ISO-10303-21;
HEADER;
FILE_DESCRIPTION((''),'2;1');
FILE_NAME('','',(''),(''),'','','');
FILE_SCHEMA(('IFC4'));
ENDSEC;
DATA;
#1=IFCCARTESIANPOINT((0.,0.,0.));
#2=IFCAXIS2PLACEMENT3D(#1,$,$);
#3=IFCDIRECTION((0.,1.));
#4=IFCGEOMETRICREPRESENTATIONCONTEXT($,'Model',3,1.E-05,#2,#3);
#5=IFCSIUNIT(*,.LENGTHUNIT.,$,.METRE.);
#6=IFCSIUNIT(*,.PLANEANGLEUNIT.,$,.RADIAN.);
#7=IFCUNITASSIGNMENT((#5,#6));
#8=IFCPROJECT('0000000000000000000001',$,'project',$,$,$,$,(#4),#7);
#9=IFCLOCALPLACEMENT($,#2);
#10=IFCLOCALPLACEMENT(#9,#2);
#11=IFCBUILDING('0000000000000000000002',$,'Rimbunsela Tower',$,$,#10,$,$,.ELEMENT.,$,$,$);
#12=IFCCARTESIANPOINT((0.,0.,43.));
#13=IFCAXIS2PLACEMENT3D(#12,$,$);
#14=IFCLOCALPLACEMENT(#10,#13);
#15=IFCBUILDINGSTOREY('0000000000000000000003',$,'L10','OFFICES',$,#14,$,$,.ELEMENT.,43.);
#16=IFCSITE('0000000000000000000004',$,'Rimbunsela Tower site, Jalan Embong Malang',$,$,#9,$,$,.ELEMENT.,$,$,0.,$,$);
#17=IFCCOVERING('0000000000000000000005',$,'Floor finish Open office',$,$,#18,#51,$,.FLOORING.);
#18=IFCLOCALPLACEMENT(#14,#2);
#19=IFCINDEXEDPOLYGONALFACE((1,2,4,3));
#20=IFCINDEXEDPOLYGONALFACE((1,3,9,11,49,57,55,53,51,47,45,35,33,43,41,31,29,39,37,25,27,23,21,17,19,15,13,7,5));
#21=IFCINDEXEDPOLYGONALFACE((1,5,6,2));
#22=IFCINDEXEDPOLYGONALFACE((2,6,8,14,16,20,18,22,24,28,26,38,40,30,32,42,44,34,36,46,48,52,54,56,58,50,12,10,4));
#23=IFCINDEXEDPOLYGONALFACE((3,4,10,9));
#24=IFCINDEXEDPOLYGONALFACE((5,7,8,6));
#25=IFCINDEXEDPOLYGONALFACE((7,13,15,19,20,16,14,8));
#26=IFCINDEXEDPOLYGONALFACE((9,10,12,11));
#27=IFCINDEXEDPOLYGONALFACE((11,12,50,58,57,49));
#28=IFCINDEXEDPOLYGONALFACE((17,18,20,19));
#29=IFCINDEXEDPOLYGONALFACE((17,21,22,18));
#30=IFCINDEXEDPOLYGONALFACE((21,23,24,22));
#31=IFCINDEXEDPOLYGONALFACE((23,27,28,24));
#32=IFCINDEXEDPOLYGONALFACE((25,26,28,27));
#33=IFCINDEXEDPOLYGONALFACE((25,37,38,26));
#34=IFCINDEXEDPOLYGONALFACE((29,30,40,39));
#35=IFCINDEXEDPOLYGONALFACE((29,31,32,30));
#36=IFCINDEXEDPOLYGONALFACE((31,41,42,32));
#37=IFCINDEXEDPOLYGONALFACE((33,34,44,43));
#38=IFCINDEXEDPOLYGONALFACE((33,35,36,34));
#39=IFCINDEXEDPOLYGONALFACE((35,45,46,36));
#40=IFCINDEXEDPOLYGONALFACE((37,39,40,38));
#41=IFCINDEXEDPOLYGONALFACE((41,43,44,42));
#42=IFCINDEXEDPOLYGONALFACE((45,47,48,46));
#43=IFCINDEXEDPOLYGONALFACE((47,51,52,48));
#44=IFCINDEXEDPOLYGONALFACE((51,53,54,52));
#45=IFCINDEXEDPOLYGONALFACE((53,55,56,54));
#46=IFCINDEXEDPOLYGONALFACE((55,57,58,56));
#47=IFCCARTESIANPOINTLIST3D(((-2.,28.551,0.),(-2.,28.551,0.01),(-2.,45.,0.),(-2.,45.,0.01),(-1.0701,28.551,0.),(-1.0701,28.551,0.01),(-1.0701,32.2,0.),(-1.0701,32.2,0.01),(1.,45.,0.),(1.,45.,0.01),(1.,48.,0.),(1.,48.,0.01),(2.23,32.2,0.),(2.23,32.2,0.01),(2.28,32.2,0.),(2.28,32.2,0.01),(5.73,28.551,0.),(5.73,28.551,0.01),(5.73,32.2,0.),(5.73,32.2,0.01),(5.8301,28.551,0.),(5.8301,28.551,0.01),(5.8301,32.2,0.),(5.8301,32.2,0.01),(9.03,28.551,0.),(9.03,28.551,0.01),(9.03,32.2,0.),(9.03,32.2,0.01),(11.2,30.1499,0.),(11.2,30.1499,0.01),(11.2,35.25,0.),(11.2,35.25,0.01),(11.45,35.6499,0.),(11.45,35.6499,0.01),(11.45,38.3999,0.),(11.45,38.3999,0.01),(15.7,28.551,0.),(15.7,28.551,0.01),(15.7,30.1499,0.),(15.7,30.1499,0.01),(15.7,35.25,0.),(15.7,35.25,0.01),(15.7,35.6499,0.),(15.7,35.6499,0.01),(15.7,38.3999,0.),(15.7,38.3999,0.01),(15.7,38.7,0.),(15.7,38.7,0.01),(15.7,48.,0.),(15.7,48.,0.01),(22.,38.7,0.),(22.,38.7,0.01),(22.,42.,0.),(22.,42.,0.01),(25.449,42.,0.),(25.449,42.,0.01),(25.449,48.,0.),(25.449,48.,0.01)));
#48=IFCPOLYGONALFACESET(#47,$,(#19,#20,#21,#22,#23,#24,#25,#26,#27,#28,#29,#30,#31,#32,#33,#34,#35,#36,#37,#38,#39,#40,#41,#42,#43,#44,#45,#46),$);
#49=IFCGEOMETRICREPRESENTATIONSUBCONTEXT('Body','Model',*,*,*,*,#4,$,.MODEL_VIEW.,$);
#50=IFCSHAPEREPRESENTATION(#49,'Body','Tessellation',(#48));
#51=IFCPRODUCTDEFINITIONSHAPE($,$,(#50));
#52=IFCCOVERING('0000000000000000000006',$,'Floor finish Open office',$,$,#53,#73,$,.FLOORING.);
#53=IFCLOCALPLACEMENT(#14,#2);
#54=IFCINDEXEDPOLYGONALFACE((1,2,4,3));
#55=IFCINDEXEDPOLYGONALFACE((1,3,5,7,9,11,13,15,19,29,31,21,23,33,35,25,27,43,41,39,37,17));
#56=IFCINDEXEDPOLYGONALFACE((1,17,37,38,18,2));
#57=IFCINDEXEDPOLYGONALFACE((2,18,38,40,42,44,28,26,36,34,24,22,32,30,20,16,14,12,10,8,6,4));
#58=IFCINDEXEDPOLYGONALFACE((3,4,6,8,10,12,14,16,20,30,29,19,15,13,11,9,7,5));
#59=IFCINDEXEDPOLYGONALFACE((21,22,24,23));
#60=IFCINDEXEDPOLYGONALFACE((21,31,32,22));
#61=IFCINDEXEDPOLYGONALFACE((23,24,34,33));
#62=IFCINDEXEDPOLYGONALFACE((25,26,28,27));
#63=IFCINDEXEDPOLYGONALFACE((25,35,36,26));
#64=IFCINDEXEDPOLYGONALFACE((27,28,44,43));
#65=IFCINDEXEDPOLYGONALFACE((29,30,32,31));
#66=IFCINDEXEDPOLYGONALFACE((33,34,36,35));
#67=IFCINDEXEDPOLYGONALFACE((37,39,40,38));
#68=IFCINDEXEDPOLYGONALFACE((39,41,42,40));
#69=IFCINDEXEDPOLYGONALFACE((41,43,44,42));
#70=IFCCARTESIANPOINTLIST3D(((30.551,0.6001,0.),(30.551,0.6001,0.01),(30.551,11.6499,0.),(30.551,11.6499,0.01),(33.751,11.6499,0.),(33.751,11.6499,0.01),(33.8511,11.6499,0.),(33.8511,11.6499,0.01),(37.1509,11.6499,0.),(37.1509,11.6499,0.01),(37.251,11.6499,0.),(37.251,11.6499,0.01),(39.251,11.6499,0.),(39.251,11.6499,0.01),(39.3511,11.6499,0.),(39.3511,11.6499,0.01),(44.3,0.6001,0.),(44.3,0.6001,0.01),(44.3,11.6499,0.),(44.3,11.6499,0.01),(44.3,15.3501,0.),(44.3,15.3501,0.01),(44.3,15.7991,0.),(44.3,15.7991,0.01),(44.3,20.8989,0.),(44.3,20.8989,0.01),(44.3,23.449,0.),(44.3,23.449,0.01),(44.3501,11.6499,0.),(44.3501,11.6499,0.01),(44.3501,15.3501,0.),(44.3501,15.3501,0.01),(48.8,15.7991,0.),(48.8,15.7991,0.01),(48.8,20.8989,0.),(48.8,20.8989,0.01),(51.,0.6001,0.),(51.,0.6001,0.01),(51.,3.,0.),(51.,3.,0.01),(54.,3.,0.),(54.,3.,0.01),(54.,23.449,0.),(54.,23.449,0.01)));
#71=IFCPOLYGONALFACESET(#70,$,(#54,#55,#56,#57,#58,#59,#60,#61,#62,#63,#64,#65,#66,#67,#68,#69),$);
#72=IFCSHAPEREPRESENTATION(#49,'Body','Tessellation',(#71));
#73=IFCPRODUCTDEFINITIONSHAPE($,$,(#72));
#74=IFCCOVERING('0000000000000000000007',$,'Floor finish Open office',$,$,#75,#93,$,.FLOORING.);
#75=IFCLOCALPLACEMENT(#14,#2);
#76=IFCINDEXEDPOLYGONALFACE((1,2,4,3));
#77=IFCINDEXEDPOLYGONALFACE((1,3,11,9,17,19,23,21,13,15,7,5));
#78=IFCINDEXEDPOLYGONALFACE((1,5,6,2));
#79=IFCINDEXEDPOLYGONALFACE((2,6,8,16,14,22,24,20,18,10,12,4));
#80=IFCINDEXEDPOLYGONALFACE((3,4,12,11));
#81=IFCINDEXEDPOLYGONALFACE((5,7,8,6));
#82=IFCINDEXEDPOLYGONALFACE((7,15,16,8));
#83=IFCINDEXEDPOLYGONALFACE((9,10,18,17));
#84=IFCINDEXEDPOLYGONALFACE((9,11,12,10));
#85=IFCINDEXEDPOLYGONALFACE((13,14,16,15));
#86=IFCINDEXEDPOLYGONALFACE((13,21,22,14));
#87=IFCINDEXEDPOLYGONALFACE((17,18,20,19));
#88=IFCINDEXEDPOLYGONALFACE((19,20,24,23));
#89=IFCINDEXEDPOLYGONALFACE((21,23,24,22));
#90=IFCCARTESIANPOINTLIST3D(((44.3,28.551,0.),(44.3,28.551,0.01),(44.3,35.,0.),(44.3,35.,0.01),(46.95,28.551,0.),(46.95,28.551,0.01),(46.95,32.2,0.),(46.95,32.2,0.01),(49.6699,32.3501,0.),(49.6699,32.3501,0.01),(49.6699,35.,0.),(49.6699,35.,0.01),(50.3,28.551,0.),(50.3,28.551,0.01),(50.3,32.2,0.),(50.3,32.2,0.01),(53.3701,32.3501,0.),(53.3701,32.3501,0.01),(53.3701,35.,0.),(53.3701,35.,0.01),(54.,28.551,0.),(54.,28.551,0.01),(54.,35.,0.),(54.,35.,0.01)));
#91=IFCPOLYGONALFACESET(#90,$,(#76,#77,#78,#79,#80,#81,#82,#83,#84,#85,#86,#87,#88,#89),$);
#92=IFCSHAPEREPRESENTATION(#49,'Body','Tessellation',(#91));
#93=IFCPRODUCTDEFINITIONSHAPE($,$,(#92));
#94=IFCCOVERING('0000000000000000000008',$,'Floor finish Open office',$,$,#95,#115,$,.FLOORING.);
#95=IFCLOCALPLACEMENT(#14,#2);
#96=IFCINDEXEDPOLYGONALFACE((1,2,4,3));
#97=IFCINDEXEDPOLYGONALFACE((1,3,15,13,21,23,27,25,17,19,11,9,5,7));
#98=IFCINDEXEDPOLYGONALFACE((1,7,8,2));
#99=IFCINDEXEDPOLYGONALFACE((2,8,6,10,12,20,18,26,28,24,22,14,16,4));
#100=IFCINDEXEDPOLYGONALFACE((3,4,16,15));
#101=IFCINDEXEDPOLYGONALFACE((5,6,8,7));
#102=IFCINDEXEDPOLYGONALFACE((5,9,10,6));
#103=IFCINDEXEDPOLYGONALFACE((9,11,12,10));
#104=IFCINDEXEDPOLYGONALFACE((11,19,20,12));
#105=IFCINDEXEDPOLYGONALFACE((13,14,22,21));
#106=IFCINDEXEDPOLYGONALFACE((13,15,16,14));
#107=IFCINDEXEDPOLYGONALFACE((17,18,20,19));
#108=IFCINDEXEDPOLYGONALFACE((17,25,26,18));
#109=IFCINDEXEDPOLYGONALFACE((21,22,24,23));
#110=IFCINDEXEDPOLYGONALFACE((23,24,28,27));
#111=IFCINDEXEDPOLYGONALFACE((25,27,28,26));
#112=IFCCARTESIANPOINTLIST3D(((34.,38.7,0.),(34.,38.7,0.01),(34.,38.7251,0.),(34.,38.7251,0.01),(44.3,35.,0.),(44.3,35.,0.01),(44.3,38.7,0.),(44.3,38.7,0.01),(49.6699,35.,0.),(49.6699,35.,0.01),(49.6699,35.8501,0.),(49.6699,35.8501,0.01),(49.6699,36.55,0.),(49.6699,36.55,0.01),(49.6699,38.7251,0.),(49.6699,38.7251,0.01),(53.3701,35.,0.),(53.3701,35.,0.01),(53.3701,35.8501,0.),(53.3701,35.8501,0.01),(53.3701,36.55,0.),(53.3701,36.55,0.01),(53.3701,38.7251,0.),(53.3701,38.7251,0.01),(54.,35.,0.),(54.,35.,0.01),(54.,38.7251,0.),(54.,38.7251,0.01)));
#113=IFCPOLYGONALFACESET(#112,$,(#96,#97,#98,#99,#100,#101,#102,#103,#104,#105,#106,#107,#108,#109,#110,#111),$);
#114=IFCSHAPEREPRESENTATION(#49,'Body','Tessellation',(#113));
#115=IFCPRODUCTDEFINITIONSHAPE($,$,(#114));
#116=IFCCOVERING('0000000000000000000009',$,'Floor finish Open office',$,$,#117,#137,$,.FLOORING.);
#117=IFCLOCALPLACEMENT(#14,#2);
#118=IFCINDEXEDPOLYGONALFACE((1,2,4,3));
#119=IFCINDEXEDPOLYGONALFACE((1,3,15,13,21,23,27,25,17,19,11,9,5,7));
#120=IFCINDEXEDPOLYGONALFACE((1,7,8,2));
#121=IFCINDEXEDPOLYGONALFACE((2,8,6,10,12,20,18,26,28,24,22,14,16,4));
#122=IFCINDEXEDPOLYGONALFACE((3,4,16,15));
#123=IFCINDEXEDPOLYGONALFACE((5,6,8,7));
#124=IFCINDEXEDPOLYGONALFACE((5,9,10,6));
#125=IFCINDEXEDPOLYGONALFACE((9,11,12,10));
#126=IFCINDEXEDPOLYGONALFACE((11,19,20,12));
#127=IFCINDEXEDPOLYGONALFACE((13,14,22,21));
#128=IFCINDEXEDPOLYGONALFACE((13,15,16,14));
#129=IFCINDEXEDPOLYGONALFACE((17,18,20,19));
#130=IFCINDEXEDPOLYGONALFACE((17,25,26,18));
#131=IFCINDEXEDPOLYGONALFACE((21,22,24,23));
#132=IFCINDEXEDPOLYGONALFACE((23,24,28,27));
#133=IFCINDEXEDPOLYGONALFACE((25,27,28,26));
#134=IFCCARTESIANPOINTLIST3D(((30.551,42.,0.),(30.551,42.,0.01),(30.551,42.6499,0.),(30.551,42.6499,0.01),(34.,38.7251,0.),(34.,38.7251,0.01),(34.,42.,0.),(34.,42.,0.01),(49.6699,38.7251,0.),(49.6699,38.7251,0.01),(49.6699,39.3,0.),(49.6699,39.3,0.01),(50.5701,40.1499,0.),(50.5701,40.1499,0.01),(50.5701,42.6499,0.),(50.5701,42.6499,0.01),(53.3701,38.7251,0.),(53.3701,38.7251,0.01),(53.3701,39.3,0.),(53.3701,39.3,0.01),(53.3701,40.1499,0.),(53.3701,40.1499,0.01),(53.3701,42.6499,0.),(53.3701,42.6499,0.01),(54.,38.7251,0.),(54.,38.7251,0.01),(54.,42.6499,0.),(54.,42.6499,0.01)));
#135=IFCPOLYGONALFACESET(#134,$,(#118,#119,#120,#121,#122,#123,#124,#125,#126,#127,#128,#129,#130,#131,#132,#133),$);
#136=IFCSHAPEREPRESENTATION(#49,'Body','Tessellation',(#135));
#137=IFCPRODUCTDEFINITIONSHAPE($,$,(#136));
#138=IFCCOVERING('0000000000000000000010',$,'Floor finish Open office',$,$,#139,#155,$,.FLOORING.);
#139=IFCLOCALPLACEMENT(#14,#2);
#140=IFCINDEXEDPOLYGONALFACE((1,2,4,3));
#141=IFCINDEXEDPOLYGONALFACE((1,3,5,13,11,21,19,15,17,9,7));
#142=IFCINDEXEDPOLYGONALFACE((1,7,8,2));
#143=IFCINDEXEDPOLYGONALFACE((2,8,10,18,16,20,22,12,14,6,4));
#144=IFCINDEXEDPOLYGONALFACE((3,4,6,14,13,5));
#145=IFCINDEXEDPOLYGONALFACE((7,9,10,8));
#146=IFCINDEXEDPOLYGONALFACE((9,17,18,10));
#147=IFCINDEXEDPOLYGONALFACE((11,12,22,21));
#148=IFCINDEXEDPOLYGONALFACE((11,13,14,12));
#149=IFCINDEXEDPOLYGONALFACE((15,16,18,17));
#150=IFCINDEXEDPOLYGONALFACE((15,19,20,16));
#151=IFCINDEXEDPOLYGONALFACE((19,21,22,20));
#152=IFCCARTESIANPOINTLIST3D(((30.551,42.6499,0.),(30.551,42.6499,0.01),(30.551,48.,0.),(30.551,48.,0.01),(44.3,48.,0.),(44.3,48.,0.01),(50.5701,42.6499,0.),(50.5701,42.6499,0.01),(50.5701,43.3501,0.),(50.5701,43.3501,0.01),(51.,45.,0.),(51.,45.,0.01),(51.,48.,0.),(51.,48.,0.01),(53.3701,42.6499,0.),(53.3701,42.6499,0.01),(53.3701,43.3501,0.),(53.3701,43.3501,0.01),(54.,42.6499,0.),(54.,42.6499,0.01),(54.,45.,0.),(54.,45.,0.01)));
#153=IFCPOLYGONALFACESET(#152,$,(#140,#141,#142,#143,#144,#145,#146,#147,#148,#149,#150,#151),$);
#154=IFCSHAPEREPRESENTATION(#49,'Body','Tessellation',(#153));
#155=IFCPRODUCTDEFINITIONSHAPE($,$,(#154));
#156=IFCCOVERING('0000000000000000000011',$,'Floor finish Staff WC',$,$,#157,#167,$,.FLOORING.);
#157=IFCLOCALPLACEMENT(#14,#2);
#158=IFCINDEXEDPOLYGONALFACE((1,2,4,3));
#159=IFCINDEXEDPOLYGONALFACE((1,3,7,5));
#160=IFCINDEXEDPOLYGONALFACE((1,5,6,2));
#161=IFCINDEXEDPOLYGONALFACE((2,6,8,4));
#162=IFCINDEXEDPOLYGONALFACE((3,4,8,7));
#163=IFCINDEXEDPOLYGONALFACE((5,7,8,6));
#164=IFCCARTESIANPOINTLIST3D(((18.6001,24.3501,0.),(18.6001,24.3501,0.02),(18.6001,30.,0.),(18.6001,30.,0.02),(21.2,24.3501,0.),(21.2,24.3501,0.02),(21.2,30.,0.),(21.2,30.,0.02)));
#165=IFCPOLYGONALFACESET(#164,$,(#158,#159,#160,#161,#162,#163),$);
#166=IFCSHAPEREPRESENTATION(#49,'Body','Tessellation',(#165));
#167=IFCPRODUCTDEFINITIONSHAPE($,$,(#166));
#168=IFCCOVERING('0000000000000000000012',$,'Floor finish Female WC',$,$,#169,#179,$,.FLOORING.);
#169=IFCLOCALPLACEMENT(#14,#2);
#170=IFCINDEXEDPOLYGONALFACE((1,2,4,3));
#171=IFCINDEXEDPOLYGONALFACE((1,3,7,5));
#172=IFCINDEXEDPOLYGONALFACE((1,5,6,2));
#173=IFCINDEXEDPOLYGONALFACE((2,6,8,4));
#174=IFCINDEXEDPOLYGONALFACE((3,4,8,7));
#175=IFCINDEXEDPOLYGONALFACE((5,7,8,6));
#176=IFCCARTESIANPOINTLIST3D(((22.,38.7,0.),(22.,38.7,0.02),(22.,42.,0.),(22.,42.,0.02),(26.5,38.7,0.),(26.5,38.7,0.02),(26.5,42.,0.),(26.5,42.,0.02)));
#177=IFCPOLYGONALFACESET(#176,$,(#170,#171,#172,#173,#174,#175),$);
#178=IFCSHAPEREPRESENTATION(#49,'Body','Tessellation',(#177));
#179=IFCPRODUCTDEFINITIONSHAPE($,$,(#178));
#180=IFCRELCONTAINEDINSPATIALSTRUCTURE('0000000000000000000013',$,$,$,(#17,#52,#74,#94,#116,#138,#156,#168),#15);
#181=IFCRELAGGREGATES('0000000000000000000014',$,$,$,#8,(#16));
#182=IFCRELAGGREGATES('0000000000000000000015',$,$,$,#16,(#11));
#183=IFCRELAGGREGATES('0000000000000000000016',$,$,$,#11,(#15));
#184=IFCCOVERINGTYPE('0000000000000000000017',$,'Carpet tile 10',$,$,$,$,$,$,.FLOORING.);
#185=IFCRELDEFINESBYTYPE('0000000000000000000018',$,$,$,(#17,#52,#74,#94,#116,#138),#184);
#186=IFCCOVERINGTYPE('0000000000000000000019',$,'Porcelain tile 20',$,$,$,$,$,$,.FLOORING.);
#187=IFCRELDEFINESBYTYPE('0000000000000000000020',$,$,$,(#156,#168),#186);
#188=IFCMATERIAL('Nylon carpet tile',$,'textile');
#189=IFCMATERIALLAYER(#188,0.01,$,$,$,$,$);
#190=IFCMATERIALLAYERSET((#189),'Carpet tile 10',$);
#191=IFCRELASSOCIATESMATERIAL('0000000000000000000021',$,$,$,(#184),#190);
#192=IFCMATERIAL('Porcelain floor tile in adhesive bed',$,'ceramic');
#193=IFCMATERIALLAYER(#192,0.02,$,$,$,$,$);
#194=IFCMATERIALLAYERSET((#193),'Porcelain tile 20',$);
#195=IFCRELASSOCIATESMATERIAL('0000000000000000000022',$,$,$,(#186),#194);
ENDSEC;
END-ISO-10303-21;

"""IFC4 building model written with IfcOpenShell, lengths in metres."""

from ifc_helpers import new_model, si_unit, direction, frame, origin, place, context, subcontext, project, spatial, polyline, outline, extrude, material, layer, layer_set, type_object, element, save


model = new_model("IFC4")

# Units and contexts
model_context = context("Model", 3, precision=1e-05, world=origin(), true_north=direction((0.0, 1.0)))
body_context = subcontext(model_context, "Body", "Model", "MODEL_VIEW")
ifc_project = project(units=[si_unit("LENGTHUNIT", "METRE"), si_unit("PLANEANGLEUNIT", "RADIAN")], contexts=[model_context])

# Site, building, storey
site_placement = place(None, origin())
site = spatial("IfcSite", under=ifc_project, at=site_placement, Name="Rimbunsela Tower site, Jalan Embong Malang", CompositionType="ELEMENT", RefElevation=0.0)
building_placement = place(site_placement, origin())
building = spatial("IfcBuilding", under=site, at=building_placement, Name="Rimbunsela Tower", CompositionType="ELEMENT")
storey_placement = place(building_placement, frame((0.0, 0.0, 43.0)))
storey = spatial("IfcBuildingStorey", under=building, at=storey_placement, Name="L10", Description="OFFICES", CompositionType="ELEMENT", Elevation=43.0)

# Coverings
ifc_material_1 = material(Name="Nylon carpet tile", Category="textile")
ifc_layer_1 = layer(ifc_material_1, 0.01)
ifc_layer_set_1 = layer_set([ifc_layer_1], Name="Carpet tile 10")
covering_type_1 = type_object("IfcCoveringType", Name="Carpet tile 10", PredefinedType="FLOORING", material=ifc_layer_set_1)
covering_1_placement = place(storey_placement, origin())
element("IfcCovering", 1, at=covering_1_placement, inside=storey, type_object=covering_type_1, Name="Floor finish Open office", PredefinedType="FLOORING", context=body_context, shape_type="SweptSolid", body=[
    extrude(outline(polyline([(11.45, 35.6499), (15.7, 35.6499), (15.7, 35.25), (11.2, 35.25), (11.2, 30.1499), (15.7, 30.1499), (15.7, 28.551), (9.03, 28.551), (9.03, 32.2), (5.8301, 32.2), (5.8301, 28.551), (5.73, 28.551), (5.73, 32.2), (2.28, 32.2), (2.23, 32.2), (-1.0701, 32.2), (-1.0701, 28.551), (-2.0, 28.551), (-2.0, 45.0), (1.0, 45.0), (1.0, 48.0), (15.7, 48.0), (25.449, 48.0), (25.449, 42.0), (22.0, 42.0), (22.0, 38.7), (15.7, 38.7), (15.7, 38.3999), (11.45, 38.3999), (11.45, 35.6499)])), origin(), (0.0, 0.0, 1.0), 0.01),
])
covering_2_placement = place(storey_placement, origin())
element("IfcCovering", 2, at=covering_2_placement, inside=storey, type_object=covering_type_1, Name="Floor finish Open office", PredefinedType="FLOORING", context=body_context, shape_type="SweptSolid", body=[
    extrude(outline(polyline([(33.8511, 11.6499), (37.1509, 11.6499), (37.251, 11.6499), (39.251, 11.6499), (39.3511, 11.6499), (44.3, 11.6499), (44.3501, 11.6499), (44.3501, 15.3501), (44.3, 15.3501), (44.3, 15.7991), (48.8, 15.7991), (48.8, 20.8989), (44.3, 20.8989), (44.3, 23.449), (54.0, 23.449), (54.0, 3.0), (51.0, 3.0), (51.0, 0.6001), (44.3, 0.6001), (30.551, 0.6001), (30.551, 11.6499), (33.751, 11.6499), (33.8511, 11.6499)])), origin(), (0.0, 0.0, 1.0), 0.01),
])
covering_3_placement = place(storey_placement, origin())
element("IfcCovering", 3, at=covering_3_placement, inside=storey, type_object=covering_type_1, Name="Floor finish Open office", PredefinedType="FLOORING", context=body_context, shape_type="SweptSolid", body=[
    extrude(outline(polyline([(46.95, 32.2), (46.95, 28.551), (44.3, 28.551), (44.3, 35.0), (49.6699, 35.0), (49.6699, 32.3501), (53.3701, 32.3501), (53.3701, 35.0), (54.0, 35.0), (54.0, 28.551), (50.3, 28.551), (50.3, 32.2), (46.95, 32.2)])), origin(), (0.0, 0.0, 1.0), 0.01),
])
covering_4_placement = place(storey_placement, origin())
element("IfcCovering", 4, at=covering_4_placement, inside=storey, type_object=covering_type_1, Name="Floor finish Open office", PredefinedType="FLOORING", context=body_context, shape_type="SweptSolid", body=[
    extrude(outline(polyline([(44.3, 35.0), (44.3, 38.7), (34.0, 38.7), (34.0, 38.7251), (49.6699, 38.7251), (49.6699, 36.55), (53.3701, 36.55), (53.3701, 38.7251), (54.0, 38.7251), (54.0, 35.0), (53.3701, 35.0), (53.3701, 35.8501), (49.6699, 35.8501), (49.6699, 35.0), (44.3, 35.0)])), origin(), (0.0, 0.0, 1.0), 0.01),
])
covering_5_placement = place(storey_placement, origin())
element("IfcCovering", 5, at=covering_5_placement, inside=storey, type_object=covering_type_1, Name="Floor finish Open office", PredefinedType="FLOORING", context=body_context, shape_type="SweptSolid", body=[
    extrude(outline(polyline([(34.0, 38.7251), (34.0, 42.0), (30.551, 42.0), (30.551, 42.6499), (50.5701, 42.6499), (50.5701, 40.1499), (53.3701, 40.1499), (53.3701, 42.6499), (54.0, 42.6499), (54.0, 38.7251), (53.3701, 38.7251), (53.3701, 39.3), (49.6699, 39.3), (49.6699, 38.7251), (34.0, 38.7251)])), origin(), (0.0, 0.0, 1.0), 0.01),
])
covering_6_placement = place(storey_placement, origin())
element("IfcCovering", 6, at=covering_6_placement, inside=storey, type_object=covering_type_1, Name="Floor finish Open office", PredefinedType="FLOORING", context=body_context, shape_type="SweptSolid", body=[
    extrude(outline(polyline([(30.551, 42.6499), (30.551, 48.0), (44.3, 48.0), (51.0, 48.0), (51.0, 45.0), (54.0, 45.0), (54.0, 42.6499), (53.3701, 42.6499), (53.3701, 43.3501), (50.5701, 43.3501), (50.5701, 42.6499), (30.551, 42.6499)])), origin(), (0.0, 0.0, 1.0), 0.01),
])
ifc_material_2 = material(Name="Porcelain floor tile in adhesive bed", Category="ceramic")
ifc_layer_2 = layer(ifc_material_2, 0.02)
ifc_layer_set_2 = layer_set([ifc_layer_2], Name="Porcelain tile 20")
covering_type_2 = type_object("IfcCoveringType", Name="Porcelain tile 20", PredefinedType="FLOORING", material=ifc_layer_set_2)
covering_7_placement = place(storey_placement, origin())
element("IfcCovering", 7, at=covering_7_placement, inside=storey, type_object=covering_type_2, Name="Floor finish Staff WC", PredefinedType="FLOORING", context=body_context, shape_type="SweptSolid", body=[
    extrude(outline(polyline([(21.2, 24.3501), (21.2, 30.0), (18.6001, 30.0), (18.6001, 24.3501), (21.2, 24.3501)])), origin(), (0.0, 0.0, 1.0), 0.02),
])
covering_8_placement = place(storey_placement, origin())
element("IfcCovering", 8, at=covering_8_placement, inside=storey, type_object=covering_type_2, Name="Floor finish Female WC", PredefinedType="FLOORING", context=body_context, shape_type="SweptSolid", body=[
    extrude(outline(polyline([(26.5, 38.7), (26.5, 42.0), (22.0, 42.0), (22.0, 38.7), (26.5, 38.7)])), origin(), (0.0, 0.0, 1.0), 0.02),
])

save(model, "model.ifc")
